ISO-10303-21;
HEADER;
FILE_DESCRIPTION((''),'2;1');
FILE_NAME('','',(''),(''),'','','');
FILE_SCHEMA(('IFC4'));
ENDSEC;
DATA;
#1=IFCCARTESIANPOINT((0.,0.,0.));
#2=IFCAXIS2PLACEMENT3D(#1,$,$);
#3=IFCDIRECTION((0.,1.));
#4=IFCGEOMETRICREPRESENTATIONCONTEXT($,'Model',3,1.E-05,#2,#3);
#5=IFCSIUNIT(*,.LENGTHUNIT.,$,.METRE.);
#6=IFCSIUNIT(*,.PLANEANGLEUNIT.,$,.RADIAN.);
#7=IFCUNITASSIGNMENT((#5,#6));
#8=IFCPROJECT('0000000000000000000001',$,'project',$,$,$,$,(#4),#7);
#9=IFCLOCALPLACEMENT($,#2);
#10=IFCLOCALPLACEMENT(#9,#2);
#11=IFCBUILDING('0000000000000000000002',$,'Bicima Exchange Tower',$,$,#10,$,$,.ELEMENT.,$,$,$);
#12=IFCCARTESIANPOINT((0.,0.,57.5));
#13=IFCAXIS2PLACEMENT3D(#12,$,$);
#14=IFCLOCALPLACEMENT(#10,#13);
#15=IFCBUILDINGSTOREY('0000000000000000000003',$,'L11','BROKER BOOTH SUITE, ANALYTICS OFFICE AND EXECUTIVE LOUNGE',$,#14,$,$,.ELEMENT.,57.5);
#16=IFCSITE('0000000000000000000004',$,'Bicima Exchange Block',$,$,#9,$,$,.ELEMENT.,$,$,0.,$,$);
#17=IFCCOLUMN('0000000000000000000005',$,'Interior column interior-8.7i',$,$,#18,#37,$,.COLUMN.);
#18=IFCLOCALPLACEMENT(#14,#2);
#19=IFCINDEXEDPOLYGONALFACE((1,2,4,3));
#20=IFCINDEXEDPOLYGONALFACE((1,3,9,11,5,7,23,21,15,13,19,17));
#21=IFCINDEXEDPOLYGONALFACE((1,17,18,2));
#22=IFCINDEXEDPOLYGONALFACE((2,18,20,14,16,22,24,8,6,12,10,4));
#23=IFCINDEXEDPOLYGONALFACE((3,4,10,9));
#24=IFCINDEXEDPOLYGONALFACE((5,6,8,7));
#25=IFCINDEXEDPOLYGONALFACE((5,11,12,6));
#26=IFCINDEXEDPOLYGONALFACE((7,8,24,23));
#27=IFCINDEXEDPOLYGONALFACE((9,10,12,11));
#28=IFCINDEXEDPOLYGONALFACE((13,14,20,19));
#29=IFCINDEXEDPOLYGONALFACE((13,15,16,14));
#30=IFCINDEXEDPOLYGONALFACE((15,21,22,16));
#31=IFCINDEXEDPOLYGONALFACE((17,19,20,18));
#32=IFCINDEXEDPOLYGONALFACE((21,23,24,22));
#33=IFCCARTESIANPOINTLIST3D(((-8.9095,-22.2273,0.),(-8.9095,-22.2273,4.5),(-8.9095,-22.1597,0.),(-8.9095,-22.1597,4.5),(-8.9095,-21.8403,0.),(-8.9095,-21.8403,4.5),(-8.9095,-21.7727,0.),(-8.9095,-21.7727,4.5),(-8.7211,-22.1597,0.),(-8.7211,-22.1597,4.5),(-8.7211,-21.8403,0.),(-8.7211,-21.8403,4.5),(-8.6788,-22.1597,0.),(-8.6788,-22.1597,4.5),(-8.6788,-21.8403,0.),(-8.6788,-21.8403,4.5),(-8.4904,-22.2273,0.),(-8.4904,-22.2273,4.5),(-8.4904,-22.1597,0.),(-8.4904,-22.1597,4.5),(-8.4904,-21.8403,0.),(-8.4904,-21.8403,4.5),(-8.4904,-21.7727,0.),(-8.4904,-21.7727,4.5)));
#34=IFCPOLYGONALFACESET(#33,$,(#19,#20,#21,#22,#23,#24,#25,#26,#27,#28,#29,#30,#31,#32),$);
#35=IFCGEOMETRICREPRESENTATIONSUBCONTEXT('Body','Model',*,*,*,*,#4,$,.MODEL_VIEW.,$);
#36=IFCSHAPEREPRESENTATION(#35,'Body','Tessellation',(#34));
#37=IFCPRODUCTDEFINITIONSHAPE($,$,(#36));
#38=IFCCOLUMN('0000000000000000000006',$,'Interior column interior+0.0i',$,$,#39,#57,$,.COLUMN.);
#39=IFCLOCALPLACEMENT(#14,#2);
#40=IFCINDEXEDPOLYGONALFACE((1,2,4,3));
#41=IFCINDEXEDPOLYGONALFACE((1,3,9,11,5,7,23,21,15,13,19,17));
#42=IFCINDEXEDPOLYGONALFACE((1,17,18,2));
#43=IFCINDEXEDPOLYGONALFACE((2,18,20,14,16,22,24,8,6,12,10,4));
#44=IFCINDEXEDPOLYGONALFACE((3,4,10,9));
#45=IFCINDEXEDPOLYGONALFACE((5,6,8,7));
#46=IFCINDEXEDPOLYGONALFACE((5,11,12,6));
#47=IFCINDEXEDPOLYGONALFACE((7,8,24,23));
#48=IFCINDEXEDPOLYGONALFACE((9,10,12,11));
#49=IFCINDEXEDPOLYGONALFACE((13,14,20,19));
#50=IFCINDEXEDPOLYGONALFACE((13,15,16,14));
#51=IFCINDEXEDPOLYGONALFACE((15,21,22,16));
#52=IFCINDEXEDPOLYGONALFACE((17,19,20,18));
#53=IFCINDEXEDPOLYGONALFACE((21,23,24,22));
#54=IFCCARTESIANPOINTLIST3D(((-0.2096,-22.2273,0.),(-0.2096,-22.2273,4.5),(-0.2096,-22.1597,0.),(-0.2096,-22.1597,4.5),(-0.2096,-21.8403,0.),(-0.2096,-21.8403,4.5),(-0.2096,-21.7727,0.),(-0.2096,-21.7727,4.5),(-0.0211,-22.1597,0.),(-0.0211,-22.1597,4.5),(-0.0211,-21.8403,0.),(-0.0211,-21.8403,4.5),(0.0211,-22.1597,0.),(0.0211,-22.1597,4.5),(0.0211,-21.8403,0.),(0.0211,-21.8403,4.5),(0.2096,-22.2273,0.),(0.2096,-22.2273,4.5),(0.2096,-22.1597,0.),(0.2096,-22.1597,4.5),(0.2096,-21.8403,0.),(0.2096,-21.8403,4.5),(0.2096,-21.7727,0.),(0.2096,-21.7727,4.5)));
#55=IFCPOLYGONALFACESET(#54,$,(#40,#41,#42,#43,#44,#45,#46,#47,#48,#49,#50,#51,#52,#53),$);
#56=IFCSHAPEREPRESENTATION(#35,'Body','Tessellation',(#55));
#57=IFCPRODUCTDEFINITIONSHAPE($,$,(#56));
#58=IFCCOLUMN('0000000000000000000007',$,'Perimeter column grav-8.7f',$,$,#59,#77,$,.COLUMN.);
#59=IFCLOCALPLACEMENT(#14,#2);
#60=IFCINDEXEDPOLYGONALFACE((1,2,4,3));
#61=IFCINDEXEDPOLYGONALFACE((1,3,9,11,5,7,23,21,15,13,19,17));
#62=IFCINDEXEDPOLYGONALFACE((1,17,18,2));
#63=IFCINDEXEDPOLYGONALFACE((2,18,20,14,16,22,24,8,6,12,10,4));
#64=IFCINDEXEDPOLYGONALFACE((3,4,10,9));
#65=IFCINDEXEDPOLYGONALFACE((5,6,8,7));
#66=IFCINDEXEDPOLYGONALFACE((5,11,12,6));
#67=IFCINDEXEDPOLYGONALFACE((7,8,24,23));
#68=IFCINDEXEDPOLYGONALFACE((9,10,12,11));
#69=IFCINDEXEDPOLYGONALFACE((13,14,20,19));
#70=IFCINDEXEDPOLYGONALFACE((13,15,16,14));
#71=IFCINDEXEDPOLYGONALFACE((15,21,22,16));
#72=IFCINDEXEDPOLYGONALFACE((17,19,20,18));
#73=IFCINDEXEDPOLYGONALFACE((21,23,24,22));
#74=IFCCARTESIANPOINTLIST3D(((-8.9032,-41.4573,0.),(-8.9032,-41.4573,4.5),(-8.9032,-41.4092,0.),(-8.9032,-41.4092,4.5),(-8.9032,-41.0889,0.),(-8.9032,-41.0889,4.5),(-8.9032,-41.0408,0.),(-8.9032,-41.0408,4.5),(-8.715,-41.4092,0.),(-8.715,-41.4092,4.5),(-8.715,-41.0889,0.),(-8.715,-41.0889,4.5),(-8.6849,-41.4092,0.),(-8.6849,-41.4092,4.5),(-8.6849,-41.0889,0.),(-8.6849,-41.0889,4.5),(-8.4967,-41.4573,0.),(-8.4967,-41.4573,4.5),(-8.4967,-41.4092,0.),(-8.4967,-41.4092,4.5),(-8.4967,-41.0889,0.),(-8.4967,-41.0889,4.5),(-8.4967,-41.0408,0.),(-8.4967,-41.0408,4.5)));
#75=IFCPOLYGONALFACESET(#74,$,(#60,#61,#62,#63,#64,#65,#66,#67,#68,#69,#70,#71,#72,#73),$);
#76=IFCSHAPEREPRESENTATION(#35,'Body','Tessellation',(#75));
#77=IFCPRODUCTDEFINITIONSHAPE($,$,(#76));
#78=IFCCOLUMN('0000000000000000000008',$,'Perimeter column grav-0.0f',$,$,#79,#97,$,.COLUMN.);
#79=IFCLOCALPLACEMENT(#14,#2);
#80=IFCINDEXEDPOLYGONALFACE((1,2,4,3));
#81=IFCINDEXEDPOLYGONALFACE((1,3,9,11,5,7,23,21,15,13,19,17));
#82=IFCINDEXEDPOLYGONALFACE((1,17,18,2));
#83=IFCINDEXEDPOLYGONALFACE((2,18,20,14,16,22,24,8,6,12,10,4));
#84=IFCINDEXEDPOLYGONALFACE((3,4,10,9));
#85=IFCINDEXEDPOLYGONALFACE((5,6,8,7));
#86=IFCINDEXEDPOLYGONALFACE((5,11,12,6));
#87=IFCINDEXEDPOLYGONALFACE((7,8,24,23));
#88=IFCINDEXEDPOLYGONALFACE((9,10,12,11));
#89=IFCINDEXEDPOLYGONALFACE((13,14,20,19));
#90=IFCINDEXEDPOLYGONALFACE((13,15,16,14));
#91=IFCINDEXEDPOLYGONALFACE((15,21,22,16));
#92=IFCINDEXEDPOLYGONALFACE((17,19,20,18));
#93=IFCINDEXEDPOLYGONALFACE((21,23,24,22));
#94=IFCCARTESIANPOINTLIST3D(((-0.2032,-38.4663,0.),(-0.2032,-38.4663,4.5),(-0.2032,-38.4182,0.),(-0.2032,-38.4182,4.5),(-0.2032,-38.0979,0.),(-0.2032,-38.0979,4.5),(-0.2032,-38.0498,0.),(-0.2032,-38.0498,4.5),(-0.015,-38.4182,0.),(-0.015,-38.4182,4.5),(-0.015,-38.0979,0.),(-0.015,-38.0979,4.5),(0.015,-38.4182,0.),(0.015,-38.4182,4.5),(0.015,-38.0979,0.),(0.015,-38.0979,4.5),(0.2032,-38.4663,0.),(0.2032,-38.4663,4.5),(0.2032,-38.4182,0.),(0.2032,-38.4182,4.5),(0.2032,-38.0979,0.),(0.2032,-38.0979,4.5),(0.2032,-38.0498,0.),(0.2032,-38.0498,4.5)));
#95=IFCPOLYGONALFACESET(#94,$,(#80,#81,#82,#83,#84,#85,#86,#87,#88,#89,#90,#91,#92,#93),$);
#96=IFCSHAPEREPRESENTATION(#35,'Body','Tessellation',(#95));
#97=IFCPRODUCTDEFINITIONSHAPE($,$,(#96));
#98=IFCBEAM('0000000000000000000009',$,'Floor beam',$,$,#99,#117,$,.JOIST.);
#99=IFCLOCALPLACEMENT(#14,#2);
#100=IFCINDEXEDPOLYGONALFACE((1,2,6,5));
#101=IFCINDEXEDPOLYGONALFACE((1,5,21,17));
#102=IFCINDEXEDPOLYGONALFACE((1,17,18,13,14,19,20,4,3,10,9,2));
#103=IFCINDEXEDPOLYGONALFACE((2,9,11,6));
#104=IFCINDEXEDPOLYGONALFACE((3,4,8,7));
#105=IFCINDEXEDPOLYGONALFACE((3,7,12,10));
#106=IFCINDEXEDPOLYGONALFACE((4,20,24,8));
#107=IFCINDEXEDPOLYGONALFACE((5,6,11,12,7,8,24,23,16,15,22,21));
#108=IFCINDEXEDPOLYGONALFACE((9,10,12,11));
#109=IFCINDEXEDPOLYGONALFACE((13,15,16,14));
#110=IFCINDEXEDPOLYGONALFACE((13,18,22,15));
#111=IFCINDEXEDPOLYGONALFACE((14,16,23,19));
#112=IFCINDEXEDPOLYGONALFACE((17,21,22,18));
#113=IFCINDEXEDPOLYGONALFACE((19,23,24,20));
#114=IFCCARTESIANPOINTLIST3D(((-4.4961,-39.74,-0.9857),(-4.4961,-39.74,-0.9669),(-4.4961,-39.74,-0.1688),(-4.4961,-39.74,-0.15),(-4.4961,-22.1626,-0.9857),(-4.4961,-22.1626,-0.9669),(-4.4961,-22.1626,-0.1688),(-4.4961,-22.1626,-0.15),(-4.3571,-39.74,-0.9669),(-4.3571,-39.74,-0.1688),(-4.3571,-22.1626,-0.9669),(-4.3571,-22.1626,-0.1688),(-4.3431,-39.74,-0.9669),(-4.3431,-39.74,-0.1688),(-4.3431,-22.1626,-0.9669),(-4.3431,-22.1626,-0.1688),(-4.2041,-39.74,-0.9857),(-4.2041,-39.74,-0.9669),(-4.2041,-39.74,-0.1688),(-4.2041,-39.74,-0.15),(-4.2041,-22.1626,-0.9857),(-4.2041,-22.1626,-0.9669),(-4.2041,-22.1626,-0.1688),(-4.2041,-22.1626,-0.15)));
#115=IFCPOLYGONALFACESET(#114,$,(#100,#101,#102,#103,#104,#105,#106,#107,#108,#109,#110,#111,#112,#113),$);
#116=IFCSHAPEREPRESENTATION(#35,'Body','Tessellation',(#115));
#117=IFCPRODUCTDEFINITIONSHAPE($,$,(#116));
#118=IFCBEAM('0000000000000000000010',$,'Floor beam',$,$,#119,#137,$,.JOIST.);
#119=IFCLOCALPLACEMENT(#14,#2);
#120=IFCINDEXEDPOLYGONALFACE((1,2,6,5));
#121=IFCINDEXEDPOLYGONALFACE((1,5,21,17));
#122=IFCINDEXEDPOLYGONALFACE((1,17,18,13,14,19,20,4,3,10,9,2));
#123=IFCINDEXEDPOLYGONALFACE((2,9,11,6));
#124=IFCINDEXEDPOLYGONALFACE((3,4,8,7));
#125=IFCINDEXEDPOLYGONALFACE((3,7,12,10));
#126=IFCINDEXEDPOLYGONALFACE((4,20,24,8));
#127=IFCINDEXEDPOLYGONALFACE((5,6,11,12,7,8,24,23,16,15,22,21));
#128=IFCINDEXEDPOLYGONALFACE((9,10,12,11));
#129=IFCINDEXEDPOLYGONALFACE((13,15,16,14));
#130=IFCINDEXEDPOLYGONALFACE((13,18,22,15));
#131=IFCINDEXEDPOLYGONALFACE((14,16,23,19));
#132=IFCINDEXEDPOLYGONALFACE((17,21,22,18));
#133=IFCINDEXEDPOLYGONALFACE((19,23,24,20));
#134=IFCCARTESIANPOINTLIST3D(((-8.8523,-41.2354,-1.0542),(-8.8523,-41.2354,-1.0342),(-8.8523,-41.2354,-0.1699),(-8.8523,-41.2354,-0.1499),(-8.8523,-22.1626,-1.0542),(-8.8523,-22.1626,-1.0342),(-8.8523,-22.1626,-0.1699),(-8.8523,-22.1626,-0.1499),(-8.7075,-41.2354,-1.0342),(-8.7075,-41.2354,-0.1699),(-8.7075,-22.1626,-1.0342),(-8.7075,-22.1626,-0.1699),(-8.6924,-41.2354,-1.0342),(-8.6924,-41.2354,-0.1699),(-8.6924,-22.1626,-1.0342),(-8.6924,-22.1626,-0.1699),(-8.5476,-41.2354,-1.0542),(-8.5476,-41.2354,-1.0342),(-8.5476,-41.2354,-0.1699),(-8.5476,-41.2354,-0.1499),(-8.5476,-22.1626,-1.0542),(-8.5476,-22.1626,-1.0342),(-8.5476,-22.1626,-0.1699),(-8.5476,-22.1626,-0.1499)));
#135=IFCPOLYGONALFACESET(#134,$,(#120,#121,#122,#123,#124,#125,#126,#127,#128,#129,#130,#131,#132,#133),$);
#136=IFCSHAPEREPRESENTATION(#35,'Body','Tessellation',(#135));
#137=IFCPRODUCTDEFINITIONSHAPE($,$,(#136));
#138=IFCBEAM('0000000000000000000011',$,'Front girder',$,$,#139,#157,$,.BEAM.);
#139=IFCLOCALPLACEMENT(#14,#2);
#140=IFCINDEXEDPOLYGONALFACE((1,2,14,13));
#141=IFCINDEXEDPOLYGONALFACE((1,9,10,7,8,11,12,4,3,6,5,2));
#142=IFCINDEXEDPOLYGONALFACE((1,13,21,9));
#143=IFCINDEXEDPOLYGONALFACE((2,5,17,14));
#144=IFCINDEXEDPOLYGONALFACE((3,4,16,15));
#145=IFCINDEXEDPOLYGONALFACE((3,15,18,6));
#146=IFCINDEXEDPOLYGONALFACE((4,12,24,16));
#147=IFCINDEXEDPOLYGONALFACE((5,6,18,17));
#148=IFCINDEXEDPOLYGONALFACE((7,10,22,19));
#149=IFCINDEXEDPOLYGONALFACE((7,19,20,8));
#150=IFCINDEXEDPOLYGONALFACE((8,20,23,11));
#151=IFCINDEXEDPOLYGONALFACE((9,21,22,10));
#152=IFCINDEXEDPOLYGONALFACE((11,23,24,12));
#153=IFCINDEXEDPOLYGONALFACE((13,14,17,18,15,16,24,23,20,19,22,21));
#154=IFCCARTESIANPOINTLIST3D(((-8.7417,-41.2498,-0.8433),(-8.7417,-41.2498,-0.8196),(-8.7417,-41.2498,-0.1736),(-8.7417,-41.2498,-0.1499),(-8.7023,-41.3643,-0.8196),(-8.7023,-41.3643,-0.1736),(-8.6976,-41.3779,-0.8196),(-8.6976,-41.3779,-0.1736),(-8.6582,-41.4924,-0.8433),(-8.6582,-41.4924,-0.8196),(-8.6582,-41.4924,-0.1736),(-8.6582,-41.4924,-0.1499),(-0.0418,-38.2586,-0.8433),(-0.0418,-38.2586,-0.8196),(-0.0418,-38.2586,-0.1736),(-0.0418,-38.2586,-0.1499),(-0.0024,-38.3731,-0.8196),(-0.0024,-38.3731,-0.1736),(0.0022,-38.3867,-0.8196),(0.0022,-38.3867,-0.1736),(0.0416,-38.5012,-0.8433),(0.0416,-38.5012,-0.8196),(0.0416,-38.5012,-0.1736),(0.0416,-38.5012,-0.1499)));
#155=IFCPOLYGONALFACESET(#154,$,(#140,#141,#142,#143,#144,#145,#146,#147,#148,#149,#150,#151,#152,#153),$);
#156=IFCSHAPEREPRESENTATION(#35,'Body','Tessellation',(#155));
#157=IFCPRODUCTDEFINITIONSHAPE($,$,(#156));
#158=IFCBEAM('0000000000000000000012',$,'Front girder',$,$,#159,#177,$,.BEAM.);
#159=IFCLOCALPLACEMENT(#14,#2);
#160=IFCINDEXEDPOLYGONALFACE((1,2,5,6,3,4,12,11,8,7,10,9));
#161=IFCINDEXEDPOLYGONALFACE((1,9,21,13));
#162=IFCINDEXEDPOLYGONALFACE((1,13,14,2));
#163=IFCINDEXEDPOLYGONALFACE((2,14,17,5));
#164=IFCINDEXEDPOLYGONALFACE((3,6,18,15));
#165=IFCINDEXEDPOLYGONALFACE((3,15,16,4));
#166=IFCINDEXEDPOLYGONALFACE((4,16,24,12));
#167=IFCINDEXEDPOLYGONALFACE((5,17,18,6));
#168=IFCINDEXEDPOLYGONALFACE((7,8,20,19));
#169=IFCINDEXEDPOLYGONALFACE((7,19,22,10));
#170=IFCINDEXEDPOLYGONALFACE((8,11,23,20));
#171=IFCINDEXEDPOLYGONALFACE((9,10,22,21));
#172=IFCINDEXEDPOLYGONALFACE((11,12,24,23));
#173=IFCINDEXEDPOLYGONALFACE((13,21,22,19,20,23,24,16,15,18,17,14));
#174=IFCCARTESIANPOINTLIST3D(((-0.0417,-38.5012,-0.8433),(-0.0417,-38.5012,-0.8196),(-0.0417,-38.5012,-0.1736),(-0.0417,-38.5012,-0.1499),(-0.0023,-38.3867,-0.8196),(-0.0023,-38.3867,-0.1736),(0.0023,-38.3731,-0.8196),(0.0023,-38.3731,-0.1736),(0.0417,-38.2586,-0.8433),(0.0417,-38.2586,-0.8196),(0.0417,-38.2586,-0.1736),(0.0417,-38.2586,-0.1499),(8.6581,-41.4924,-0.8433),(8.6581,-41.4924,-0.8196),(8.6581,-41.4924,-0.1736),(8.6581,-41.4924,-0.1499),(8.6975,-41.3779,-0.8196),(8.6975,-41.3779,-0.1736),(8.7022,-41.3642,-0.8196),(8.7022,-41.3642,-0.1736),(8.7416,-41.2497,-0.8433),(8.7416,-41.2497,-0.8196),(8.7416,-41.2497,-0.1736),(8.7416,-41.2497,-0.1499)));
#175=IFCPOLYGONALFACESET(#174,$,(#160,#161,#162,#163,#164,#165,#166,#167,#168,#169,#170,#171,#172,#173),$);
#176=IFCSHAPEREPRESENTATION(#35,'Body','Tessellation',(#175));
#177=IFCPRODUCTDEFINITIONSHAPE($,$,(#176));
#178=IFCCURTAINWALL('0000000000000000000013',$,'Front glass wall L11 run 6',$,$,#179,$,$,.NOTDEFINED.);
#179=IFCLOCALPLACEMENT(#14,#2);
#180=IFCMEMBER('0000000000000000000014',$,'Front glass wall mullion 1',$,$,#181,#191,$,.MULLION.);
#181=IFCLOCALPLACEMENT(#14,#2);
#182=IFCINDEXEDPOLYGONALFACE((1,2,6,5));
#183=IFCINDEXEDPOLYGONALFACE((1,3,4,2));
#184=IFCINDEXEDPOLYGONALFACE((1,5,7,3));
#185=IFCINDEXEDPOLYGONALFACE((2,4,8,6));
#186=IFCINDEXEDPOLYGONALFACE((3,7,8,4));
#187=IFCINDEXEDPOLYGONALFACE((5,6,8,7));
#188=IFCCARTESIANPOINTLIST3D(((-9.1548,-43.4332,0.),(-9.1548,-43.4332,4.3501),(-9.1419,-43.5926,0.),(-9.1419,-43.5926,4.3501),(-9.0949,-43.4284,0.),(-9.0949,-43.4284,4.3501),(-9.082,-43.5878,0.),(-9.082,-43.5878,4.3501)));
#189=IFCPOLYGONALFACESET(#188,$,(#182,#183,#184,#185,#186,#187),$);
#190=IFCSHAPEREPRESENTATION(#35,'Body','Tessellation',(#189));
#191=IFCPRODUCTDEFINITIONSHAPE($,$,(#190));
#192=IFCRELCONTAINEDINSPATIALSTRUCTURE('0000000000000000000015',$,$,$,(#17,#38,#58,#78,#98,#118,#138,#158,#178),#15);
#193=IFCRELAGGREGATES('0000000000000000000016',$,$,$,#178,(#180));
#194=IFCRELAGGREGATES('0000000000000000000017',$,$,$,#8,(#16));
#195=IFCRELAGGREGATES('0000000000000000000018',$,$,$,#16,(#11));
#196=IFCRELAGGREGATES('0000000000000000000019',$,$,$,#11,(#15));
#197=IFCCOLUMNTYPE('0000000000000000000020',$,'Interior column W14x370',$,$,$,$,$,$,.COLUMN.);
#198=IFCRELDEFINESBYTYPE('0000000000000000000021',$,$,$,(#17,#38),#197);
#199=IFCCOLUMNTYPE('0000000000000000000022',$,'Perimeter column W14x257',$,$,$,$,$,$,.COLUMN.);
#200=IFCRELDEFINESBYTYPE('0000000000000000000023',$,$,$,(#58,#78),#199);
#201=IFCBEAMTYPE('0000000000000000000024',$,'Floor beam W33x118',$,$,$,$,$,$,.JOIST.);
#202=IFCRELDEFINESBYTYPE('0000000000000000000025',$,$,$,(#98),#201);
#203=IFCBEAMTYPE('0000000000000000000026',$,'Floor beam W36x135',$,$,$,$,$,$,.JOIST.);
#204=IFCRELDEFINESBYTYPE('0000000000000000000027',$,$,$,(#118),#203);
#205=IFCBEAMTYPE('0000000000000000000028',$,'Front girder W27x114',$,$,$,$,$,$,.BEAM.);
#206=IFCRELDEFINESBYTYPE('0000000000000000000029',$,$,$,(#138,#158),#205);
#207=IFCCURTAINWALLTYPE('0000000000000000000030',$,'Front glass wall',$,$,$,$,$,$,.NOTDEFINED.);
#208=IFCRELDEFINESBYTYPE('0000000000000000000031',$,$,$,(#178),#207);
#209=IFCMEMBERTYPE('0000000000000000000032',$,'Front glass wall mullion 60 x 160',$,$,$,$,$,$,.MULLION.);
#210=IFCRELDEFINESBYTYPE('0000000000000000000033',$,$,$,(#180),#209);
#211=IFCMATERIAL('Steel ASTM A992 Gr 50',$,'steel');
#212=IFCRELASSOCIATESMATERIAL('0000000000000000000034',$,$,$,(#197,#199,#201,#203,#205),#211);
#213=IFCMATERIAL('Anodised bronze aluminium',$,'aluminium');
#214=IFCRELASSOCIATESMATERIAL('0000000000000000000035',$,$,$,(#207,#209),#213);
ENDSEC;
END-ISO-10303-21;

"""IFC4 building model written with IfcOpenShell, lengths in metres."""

from ifc_helpers import new_model, si_unit, direction, frame, origin, origin_2d, place, context, subcontext, project, spatial, rectangle, i_section, extrude, material, material_profile, profile_set, type_object, element, aggregate, save


model = new_model("IFC4")

# Units and contexts
model_context = context("Model", 3, precision=1e-05, world=origin(), true_north=direction((0.0, 1.0)))
body_context = subcontext(model_context, "Body", "Model", "MODEL_VIEW")
ifc_project = project(units=[si_unit("LENGTHUNIT", "METRE"), si_unit("PLANEANGLEUNIT", "RADIAN")], contexts=[model_context])

# Site, building, storey
site_placement = place(None, origin())
site = spatial("IfcSite", under=ifc_project, at=site_placement, Name="Bicima Exchange Block", CompositionType="ELEMENT", RefElevation=0.0)
building_placement = place(site_placement, origin())
building = spatial("IfcBuilding", under=site, at=building_placement, Name="Bicima Exchange Tower", CompositionType="ELEMENT")
storey_placement = place(building_placement, frame((0.0, 0.0, 57.5)))
storey = spatial("IfcBuildingStorey", under=building, at=storey_placement, Name="L11", Description="BROKER BOOTH SUITE, ANALYTICS OFFICE AND EXECUTIVE LOUNGE", CompositionType="ELEMENT", Elevation=57.5)

# Columns
ifc_material_1 = material(Name="Steel ASTM A992 Gr 50", Category="steel")
ifc_material_profile_1 = material_profile(ifc_material_1, i_section(OverallWidth=0.4192, OverallDepth=0.4546, WebThickness=0.0422, FlangeThickness=0.0676, at=origin_2d()))
ifc_profile_set_1 = profile_set([ifc_material_profile_1], Name="Steel ASTM A992 Gr 50")
column_type_1 = type_object("IfcColumnType", Name="Interior column W14x370", PredefinedType="COLUMN", material=ifc_profile_set_1)
for number, where, z_axis, x_axis, name in (
    (1, (-8.7, -22.0, 0.0), (0.0, 0.0, 1.0), (1.0, 0.0, 0.0), "Interior column interior-8.7i"),
    (2, (0.0, -22.0, 0.0), (0.0, 0.0, 1.0), (1.0, 0.0, 0.0), "Interior column interior+0.0i"),
):
    element("IfcColumn", number, at=place(storey_placement, frame(where, z_axis=z_axis, x_axis=x_axis)), inside=storey, type_object=column_type_1, Name=name, PredefinedType="COLUMN", context=body_context, shape_type="SweptSolid", body=[
        extrude(i_section(OverallWidth=0.4192, OverallDepth=0.4546, WebThickness=0.0422, FlangeThickness=0.0676, at=origin_2d()), origin(), (0.0, 0.0, 1.0), 4.5),
    ])
ifc_material_profile_2 = material_profile(ifc_material_1, i_section(OverallWidth=0.4065, OverallDepth=0.4165, WebThickness=0.03, FlangeThickness=0.0481, at=origin_2d()))
ifc_profile_set_2 = profile_set([ifc_material_profile_2], Name="Steel ASTM A992 Gr 50")
column_type_2 = type_object("IfcColumnType", Name="Perimeter column W14x257", PredefinedType="COLUMN", material=ifc_profile_set_2)
for number, where, z_axis, x_axis, name in (
    (3, (-8.7, -41.249, 0.0), (0.0, 0.0, 1.0), (1.0, 0.0, 0.0), "Perimeter column grav-8.7f"),
    (4, (0.0, -38.2581, 0.0), (0.0, 0.0, 1.0), (1.0, 0.0, 0.0), "Perimeter column grav-0.0f"),
):
    element("IfcColumn", number, at=place(storey_placement, frame(where, z_axis=z_axis, x_axis=x_axis)), inside=storey, type_object=column_type_2, Name=name, PredefinedType="COLUMN", context=body_context, shape_type="SweptSolid", body=[
        extrude(i_section(OverallWidth=0.4065, OverallDepth=0.4165, WebThickness=0.03, FlangeThickness=0.0481, at=origin_2d()), origin(), (0.0, 0.0, 1.0), 4.5),
    ])

# Beams
ifc_material_profile_3 = material_profile(ifc_material_1, i_section(OverallWidth=0.292, OverallDepth=0.8357, WebThickness=0.0139, FlangeThickness=0.0188, at=origin_2d()))
ifc_profile_set_3 = profile_set([ifc_material_profile_3], Name="Steel ASTM A992 Gr 50")
beam_type_1 = type_object("IfcBeamType", Name="Floor beam W33x118", PredefinedType="JOIST", material=ifc_profile_set_3)
beam_1_placement = place(storey_placement, frame((-4.3501, -22.1626, -0.5679), z_axis=(0.0, -1.0, 0.0), x_axis=(1.0, 0.0, 0.0)))
element("IfcBeam", 5, at=beam_1_placement, inside=storey, type_object=beam_type_1, Name="Floor beam", PredefinedType="JOIST", context=body_context, shape_type="SweptSolid", body=[
    extrude(i_section(OverallWidth=0.292, OverallDepth=0.8357, WebThickness=0.0139, FlangeThickness=0.0188, at=origin_2d()), origin(), (0.0, 0.0, 1.0), 17.5774),
])
ifc_material_profile_4 = material_profile(ifc_material_1, i_section(OverallWidth=0.3047, OverallDepth=0.9043, WebThickness=0.0151, FlangeThickness=0.02, at=origin_2d()))
ifc_profile_set_4 = profile_set([ifc_material_profile_4], Name="Steel ASTM A992 Gr 50")
beam_type_2 = type_object("IfcBeamType", Name="Floor beam W36x135", PredefinedType="JOIST", material=ifc_profile_set_4)
beam_2_placement = place(storey_placement, frame((-8.7, -22.1626, -0.6021), z_axis=(0.0, -1.0, 0.0), x_axis=(1.0, 0.0, 0.0)))
element("IfcBeam", 6, at=beam_2_placement, inside=storey, type_object=beam_type_2, Name="Floor beam", PredefinedType="JOIST", context=body_context, shape_type="SweptSolid", body=[
    extrude(i_section(OverallWidth=0.3047, OverallDepth=0.9043, WebThickness=0.0151, FlangeThickness=0.02, at=origin_2d()), origin(), (0.0, 0.0, 1.0), 19.0728),
])
ifc_material_profile_5 = material_profile(ifc_material_1, i_section(OverallWidth=0.2566, OverallDepth=0.6934, WebThickness=0.0144, FlangeThickness=0.0237, at=origin_2d()))
ifc_profile_set_5 = profile_set([ifc_material_profile_5], Name="Steel ASTM A992 Gr 50")
beam_type_3 = type_object("IfcBeamType", Name="Front girder W27x114", PredefinedType="BEAM", material=ifc_profile_set_5)
for number, where, z_axis, x_axis, name in (
    (7, (-8.7, -41.3711, -0.4966), (0.945666, 0.325138, 0.0), (-0.325138, 0.945666, 0.0), "Front girder"),
    (8, (0.0, -38.3799, -0.4966), (0.945666, -0.325138, 0.0), (0.325138, 0.945666, 0.0), "Front girder"),
):
    element("IfcBeam", number, at=place(storey_placement, frame(where, z_axis=z_axis, x_axis=x_axis)), inside=storey, type_object=beam_type_3, Name=name, PredefinedType="BEAM", context=body_context, shape_type="SweptSolid", body=[
        extrude(i_section(OverallWidth=0.2566, OverallDepth=0.6934, WebThickness=0.0144, FlangeThickness=0.0237, at=origin_2d()), origin(), (0.0, 0.0, 1.0), 9.1997),
    ])

# Curtain wall, member
ifc_material_2 = material(Name="Anodised bronze aluminium", Category="aluminium")
curtain_wall_type = type_object("IfcCurtainWallType", Name="Front glass wall", PredefinedType="NOTDEFINED", material=ifc_material_2)
curtain_wall_placement = place(storey_placement, origin())
curtain_wall = element("IfcCurtainWall", 9, at=curtain_wall_placement, inside=storey, type_object=curtain_wall_type, Name="Front glass wall L11 run 6", PredefinedType="NOTDEFINED")
ifc_material_profile_6 = material_profile(ifc_material_2, rectangle(XDim=0.1599, YDim=0.0601, at=origin_2d()))
ifc_profile_set_6 = profile_set([ifc_material_profile_6], Name="Anodised bronze aluminium")
member_type_1 = type_object("IfcMemberType", Name="Front glass wall mullion 60 x 160", PredefinedType="MULLION", material=ifc_profile_set_6)
member_1_placement = place(storey_placement, frame((-9.1184, -43.5105, 0.0), z_axis=(0.0, 0.0, 1.0), x_axis=(-0.080589, 0.996747, 0.0)))
member_1 = element("IfcMember", 10, at=member_1_placement, type_object=member_type_1, Name="Front glass wall mullion 1", PredefinedType="MULLION", context=body_context, shape_type="SweptSolid", body=[
    extrude(rectangle(XDim=0.1599, YDim=0.0601, at=origin_2d()), origin(), (0.0, 0.0, 1.0), 4.3501),
])

aggregate(curtain_wall, [member_1])

save(model, "model.ifc")
